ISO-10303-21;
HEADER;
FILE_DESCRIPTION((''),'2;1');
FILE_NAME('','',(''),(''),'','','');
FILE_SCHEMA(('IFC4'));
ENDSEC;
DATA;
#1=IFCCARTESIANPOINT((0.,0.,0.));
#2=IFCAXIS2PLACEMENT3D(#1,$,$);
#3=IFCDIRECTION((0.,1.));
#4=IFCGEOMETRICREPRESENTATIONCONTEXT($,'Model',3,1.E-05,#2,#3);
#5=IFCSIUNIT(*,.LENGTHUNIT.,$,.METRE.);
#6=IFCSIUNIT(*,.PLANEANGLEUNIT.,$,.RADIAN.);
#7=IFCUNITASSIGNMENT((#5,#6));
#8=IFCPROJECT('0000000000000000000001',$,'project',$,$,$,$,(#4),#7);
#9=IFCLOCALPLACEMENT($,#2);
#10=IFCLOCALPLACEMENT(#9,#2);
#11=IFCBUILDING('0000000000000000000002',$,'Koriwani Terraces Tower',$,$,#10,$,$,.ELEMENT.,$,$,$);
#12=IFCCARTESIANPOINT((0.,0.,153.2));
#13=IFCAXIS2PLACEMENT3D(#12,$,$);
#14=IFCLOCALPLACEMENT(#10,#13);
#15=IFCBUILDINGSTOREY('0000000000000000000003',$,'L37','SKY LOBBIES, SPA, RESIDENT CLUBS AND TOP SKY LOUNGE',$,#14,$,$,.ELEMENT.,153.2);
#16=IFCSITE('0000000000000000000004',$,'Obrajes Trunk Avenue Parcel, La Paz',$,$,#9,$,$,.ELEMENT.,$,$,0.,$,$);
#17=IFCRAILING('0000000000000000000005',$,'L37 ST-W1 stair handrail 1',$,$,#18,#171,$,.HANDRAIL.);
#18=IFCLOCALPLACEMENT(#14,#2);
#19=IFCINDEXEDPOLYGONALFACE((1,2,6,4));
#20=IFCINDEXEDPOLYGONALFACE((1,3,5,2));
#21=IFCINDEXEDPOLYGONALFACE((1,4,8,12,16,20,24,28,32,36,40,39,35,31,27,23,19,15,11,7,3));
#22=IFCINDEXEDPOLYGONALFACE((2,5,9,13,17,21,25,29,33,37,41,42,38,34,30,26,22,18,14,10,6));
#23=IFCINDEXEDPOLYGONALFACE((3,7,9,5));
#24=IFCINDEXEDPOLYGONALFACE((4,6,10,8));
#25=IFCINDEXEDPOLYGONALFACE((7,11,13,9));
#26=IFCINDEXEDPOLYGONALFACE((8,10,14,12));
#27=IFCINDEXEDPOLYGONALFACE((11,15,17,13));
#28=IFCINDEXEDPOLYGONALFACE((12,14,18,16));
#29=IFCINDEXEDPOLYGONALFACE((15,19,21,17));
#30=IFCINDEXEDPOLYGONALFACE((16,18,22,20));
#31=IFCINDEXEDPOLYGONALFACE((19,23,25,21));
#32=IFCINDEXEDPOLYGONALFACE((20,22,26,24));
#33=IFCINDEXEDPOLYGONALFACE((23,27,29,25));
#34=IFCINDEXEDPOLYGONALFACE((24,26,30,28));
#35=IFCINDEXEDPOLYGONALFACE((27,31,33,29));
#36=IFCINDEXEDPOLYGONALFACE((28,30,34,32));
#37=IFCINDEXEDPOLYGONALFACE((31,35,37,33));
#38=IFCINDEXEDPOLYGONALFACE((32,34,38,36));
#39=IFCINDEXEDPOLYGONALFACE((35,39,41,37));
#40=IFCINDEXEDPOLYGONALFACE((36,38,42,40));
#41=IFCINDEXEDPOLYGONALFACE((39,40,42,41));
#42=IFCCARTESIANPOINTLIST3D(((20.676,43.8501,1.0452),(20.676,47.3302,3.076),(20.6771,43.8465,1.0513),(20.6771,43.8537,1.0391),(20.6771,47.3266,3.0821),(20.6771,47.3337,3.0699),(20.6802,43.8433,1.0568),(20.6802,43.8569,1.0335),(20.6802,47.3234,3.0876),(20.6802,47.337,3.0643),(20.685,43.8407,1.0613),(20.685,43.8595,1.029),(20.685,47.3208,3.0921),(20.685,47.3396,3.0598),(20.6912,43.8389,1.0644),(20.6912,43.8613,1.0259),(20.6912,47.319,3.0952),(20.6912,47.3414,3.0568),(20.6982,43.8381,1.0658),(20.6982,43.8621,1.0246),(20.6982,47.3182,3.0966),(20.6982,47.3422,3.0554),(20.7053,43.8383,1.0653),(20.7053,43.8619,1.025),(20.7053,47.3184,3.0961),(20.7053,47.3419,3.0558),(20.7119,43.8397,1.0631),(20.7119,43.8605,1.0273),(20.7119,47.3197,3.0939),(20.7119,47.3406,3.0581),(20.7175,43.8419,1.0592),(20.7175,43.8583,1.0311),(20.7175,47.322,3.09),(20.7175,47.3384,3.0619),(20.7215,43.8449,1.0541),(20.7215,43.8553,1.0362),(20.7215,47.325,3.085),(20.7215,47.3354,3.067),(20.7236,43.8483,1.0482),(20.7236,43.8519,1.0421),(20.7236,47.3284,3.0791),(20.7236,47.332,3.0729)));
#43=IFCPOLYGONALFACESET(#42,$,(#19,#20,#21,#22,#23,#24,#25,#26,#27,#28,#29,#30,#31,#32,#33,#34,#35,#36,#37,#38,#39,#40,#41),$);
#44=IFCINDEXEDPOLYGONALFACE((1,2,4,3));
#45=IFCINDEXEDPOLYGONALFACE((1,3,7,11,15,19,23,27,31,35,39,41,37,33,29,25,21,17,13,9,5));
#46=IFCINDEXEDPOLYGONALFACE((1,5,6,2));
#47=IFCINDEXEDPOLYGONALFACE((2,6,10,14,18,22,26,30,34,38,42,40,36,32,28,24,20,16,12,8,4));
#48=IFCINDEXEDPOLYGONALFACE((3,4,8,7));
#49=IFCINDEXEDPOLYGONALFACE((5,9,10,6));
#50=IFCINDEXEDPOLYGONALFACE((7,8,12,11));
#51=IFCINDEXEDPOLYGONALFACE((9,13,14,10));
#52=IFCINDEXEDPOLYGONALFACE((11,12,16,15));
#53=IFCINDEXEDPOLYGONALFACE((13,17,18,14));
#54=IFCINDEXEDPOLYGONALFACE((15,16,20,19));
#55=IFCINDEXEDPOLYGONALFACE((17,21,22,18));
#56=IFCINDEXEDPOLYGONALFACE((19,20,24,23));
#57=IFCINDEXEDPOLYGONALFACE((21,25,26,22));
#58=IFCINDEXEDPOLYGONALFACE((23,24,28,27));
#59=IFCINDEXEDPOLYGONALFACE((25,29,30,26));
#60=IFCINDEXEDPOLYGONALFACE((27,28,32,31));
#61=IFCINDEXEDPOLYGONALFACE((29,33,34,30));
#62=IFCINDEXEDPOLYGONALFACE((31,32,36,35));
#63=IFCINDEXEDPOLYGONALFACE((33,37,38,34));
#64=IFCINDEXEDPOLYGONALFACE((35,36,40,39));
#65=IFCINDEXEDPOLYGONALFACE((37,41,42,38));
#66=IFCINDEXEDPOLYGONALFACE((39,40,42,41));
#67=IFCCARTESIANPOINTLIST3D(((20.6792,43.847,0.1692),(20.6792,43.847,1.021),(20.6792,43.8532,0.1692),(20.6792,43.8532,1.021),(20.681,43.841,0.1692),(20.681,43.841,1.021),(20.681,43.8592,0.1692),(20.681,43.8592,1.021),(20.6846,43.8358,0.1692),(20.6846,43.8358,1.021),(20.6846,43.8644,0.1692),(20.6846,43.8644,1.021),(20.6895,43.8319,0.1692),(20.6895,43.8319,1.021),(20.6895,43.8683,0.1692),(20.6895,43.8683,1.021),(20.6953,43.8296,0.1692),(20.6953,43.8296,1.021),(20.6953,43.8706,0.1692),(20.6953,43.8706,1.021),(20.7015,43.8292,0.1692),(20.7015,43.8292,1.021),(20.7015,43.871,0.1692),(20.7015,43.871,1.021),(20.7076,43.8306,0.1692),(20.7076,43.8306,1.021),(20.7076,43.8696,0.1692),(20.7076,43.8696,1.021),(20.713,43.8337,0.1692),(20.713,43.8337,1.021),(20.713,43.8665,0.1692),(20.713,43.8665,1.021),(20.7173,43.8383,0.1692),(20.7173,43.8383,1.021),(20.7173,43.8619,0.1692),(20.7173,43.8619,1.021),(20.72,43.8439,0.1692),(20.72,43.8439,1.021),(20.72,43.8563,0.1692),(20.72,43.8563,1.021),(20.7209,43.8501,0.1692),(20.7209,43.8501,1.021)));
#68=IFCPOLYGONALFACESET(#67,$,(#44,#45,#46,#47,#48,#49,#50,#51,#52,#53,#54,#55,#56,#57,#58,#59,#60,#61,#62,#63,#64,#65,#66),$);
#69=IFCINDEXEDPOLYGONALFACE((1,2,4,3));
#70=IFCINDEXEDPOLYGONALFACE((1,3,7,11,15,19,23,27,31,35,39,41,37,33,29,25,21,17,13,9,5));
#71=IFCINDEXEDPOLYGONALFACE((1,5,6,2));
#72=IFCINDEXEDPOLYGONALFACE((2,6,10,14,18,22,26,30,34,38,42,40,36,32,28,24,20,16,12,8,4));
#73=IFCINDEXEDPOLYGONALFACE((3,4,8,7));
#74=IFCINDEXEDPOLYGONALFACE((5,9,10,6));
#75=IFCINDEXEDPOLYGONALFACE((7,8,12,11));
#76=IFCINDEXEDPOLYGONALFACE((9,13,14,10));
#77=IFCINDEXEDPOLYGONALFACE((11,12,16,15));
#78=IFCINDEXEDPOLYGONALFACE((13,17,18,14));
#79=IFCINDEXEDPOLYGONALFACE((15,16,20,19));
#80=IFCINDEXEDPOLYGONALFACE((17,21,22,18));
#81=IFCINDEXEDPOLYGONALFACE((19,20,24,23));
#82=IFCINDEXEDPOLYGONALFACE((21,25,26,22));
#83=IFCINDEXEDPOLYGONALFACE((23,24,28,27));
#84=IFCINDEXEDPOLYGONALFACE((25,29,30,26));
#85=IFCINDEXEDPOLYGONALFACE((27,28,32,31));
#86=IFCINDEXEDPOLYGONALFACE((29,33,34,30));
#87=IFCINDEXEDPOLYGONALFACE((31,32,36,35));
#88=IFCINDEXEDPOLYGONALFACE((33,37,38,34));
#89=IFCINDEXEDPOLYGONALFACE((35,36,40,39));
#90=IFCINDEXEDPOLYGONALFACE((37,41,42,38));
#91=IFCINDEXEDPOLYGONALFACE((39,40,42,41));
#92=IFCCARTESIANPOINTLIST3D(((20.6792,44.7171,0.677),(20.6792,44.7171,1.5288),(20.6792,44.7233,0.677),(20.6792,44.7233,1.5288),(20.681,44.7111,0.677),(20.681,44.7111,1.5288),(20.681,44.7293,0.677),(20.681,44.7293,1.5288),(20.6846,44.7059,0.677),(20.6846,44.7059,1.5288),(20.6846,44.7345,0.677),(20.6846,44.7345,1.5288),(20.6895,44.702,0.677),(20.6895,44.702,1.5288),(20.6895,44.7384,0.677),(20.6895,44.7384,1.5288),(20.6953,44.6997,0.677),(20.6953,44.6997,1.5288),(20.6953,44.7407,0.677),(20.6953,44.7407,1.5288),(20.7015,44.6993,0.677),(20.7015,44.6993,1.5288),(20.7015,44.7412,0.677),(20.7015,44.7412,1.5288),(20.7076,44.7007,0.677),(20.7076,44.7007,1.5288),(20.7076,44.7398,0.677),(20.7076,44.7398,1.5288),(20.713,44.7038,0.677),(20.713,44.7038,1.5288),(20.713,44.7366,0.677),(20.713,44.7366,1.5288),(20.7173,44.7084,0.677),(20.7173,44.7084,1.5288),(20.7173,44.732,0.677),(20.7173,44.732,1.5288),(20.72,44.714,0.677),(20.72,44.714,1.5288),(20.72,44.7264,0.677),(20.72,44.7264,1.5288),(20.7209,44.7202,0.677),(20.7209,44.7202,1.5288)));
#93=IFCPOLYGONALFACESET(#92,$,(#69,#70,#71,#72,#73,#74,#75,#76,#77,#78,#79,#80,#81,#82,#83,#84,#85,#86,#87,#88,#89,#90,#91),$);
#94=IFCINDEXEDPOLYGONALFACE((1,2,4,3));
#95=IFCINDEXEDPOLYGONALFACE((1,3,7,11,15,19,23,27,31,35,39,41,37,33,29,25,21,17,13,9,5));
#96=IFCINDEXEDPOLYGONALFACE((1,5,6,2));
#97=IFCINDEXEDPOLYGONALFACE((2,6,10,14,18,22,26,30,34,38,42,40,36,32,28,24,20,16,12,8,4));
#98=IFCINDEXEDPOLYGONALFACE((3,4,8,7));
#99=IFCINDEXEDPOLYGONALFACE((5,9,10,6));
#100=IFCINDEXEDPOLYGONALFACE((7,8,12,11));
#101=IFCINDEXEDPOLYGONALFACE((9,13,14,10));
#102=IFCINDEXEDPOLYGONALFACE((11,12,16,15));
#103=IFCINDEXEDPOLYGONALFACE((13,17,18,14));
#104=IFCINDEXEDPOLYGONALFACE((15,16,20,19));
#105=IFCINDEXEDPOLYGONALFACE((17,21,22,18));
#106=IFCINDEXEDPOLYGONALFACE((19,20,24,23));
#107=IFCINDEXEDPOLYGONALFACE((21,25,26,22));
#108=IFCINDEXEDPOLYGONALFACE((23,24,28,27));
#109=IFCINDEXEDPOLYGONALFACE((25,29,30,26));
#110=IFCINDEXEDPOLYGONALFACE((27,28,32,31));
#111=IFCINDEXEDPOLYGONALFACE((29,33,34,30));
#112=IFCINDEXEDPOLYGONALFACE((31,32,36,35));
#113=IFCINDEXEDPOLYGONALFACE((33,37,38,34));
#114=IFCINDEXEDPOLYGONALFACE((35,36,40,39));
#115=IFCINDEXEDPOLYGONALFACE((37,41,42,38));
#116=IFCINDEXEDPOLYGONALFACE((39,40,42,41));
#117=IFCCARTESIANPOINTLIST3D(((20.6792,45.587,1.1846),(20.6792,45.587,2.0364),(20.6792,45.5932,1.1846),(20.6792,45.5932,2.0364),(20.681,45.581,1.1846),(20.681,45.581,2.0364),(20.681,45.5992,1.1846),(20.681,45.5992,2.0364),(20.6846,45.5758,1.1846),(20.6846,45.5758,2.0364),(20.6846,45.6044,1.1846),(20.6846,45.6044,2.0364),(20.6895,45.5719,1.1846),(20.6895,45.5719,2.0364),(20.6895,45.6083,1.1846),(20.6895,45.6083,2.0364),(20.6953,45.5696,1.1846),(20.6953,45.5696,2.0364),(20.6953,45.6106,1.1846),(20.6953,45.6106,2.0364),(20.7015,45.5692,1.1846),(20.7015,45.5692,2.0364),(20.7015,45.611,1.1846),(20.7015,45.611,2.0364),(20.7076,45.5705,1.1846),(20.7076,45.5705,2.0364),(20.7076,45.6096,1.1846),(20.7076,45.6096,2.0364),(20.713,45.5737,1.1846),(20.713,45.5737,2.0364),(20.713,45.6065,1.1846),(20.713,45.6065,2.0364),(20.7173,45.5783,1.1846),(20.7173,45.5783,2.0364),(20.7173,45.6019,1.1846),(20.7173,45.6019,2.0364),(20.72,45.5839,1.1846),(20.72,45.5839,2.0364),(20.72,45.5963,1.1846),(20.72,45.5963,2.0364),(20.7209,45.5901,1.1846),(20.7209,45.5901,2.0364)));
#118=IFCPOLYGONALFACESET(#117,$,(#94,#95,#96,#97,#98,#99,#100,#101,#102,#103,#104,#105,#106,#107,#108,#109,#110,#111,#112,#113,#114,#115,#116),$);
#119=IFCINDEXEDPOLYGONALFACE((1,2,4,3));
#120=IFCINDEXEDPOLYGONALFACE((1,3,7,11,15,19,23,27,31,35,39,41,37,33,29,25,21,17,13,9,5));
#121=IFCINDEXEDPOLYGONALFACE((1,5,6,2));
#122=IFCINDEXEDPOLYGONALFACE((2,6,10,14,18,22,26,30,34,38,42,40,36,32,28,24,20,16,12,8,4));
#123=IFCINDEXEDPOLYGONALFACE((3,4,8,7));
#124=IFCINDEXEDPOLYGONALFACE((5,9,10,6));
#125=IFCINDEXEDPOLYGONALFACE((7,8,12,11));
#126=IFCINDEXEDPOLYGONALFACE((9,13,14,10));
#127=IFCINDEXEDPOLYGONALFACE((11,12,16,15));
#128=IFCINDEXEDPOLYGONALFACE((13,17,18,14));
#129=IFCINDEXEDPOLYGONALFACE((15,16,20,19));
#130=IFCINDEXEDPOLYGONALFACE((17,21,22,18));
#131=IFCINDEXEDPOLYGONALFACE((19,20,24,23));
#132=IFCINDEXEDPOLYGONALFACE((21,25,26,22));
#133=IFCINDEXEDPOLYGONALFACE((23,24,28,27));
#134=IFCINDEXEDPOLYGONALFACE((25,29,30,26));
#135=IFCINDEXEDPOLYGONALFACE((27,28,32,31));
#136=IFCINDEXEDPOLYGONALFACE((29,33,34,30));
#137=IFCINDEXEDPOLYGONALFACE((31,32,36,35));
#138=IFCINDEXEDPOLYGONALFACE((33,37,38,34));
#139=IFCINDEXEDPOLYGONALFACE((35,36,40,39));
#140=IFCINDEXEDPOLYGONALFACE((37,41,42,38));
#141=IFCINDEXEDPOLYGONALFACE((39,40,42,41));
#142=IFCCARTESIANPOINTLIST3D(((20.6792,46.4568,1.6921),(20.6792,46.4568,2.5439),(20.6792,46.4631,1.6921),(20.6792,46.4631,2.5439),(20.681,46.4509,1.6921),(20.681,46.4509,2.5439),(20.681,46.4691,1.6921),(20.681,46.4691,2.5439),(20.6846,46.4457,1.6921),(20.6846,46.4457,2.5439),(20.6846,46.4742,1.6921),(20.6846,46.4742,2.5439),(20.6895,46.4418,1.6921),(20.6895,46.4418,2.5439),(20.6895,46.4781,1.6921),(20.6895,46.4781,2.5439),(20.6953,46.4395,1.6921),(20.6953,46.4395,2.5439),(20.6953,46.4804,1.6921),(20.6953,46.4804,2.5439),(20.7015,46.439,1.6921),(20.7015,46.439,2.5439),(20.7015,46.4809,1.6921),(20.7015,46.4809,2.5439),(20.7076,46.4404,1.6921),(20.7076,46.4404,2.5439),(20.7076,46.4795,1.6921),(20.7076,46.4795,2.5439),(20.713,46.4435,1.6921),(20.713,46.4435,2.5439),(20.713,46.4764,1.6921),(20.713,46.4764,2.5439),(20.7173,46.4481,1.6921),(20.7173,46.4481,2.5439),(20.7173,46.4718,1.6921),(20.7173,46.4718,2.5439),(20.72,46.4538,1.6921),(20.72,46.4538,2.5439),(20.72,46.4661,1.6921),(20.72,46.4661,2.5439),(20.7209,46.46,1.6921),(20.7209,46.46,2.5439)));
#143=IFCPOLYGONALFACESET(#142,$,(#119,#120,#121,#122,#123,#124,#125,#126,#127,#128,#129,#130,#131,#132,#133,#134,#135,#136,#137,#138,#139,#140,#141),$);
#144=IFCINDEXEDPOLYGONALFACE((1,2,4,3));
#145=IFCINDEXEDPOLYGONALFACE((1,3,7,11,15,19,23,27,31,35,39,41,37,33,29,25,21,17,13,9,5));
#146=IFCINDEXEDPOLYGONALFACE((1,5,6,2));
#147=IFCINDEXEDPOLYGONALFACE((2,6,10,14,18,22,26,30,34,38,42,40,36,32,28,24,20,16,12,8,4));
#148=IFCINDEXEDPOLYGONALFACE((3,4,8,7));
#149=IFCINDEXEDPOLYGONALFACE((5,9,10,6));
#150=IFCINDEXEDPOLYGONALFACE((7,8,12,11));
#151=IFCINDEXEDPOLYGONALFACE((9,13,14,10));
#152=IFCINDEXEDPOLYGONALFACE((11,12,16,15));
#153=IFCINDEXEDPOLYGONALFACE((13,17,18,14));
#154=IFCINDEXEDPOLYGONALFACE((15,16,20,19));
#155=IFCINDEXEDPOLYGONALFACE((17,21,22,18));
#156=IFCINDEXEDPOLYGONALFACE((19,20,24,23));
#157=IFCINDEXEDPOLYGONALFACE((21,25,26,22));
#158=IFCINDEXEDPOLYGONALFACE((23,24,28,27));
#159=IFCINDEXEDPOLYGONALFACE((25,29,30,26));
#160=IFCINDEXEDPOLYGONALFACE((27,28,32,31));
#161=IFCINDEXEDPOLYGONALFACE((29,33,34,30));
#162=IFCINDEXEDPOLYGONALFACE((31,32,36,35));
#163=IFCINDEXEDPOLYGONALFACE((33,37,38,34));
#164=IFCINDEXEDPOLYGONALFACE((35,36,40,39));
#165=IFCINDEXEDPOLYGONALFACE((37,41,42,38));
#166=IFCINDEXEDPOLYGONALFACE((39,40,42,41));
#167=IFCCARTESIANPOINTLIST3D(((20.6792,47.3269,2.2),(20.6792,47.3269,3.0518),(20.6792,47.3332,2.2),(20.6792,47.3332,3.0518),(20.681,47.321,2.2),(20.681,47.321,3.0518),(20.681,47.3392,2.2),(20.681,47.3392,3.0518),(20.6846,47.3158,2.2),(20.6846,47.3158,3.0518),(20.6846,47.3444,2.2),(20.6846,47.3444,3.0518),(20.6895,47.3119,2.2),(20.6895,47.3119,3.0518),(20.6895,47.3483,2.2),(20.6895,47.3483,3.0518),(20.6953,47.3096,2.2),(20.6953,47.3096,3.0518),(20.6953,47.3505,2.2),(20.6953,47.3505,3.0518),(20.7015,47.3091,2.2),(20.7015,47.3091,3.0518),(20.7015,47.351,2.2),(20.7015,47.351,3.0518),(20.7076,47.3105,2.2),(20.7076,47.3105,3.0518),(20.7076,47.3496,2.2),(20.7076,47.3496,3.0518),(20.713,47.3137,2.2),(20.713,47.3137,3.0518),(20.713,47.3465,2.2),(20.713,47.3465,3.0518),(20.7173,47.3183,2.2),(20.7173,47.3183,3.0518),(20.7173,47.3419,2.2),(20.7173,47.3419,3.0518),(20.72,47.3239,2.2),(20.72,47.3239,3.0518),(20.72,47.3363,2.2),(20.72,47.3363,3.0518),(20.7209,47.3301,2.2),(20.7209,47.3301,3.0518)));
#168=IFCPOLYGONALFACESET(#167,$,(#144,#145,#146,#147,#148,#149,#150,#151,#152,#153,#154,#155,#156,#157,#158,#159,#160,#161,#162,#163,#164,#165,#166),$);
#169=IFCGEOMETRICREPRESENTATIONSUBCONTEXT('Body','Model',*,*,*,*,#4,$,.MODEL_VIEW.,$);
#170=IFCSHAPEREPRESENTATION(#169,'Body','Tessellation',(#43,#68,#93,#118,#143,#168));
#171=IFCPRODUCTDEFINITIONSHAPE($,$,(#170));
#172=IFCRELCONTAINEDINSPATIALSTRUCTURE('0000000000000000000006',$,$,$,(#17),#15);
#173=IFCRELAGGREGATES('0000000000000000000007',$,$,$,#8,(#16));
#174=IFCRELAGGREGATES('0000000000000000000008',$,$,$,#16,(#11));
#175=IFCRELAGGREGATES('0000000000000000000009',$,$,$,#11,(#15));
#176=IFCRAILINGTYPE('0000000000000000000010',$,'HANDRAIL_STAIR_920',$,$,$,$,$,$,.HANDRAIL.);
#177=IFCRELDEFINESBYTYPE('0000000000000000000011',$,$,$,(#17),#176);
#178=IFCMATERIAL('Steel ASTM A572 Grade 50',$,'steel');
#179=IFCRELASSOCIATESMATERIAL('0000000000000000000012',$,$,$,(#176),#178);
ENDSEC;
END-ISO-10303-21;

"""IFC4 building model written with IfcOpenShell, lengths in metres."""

from ifc_helpers import new_model, si_unit, direction, frame, origin, origin_2d, place, context, subcontext, project, spatial, circle, extrude, material, type_object, element, save


model = new_model("IFC4")

# Units and contexts
model_context = context("Model", 3, precision=1e-05, world=origin(), true_north=direction((0.0, 1.0)))
body_context = subcontext(model_context, "Body", "Model", "MODEL_VIEW")
ifc_project = project(units=[si_unit("LENGTHUNIT", "METRE"), si_unit("PLANEANGLEUNIT", "RADIAN")], contexts=[model_context])

# Site, building, storey
site_placement = place(None, origin())
site = spatial("IfcSite", under=ifc_project, at=site_placement, Name="Obrajes Trunk Avenue Parcel, La Paz", CompositionType="ELEMENT", RefElevation=0.0)
building_placement = place(site_placement, origin())
building = spatial("IfcBuilding", under=site, at=building_placement, Name="Koriwani Terraces Tower", CompositionType="ELEMENT")
storey_placement = place(building_placement, frame((0.0, 0.0, 153.2)))
storey = spatial("IfcBuildingStorey", under=building, at=storey_placement, Name="L37", Description="SKY LOBBIES, SPA, RESIDENT CLUBS AND TOP SKY LOUNGE", CompositionType="ELEMENT", Elevation=153.2)

# Shared definitions
ifc_material_1 = material(Name="Steel ASTM A572 Grade 50", Category="steel")

# Railing
railing_type_1 = type_object("IfcRailingType", Name="HANDRAIL_STAIR_920", PredefinedType="HANDRAIL", material=ifc_material_1)
railing_1_placement = place(storey_placement, frame((20.7, 43.8501, 0.1692)))
element("IfcRailing", 1, at=railing_1_placement, inside=storey, type_object=railing_type_1, Name="L37 ST-W1 stair handrail 1", PredefinedType="HANDRAIL", context=body_context, shape_type="SweptSolid", body=[
    extrude(circle(Radius=0.0239, at=origin_2d()), frame((0.0, 0.0, 0.876), z_axis=(0.0, 0.863695, 0.504014), x_axis=(-1.0, 0.0, 0.0)), (0.0, 0.0, 1.0), 4.0293),
    extrude(circle(Radius=0.021, at=origin_2d()), origin(), (0.0, 0.0, 1.0), 0.8518),
    extrude(circle(Radius=0.021, at=origin_2d()), frame((0.0, 0.8701, 0.5078)), (0.0, 0.0, 1.0), 0.8518),
    extrude(circle(Radius=0.021, at=origin_2d()), frame((0.0, 1.74, 1.0154)), (0.0, 0.0, 1.0), 0.8518),
    extrude(circle(Radius=0.021, at=origin_2d()), frame((0.0, 2.6099, 1.5229)), (0.0, 0.0, 1.0), 0.8518),
    extrude(circle(Radius=0.021, at=origin_2d()), frame((0.0, 3.48, 2.0308)), (0.0, 0.0, 1.0), 0.8518),
])

save(model, "model.ifc")
